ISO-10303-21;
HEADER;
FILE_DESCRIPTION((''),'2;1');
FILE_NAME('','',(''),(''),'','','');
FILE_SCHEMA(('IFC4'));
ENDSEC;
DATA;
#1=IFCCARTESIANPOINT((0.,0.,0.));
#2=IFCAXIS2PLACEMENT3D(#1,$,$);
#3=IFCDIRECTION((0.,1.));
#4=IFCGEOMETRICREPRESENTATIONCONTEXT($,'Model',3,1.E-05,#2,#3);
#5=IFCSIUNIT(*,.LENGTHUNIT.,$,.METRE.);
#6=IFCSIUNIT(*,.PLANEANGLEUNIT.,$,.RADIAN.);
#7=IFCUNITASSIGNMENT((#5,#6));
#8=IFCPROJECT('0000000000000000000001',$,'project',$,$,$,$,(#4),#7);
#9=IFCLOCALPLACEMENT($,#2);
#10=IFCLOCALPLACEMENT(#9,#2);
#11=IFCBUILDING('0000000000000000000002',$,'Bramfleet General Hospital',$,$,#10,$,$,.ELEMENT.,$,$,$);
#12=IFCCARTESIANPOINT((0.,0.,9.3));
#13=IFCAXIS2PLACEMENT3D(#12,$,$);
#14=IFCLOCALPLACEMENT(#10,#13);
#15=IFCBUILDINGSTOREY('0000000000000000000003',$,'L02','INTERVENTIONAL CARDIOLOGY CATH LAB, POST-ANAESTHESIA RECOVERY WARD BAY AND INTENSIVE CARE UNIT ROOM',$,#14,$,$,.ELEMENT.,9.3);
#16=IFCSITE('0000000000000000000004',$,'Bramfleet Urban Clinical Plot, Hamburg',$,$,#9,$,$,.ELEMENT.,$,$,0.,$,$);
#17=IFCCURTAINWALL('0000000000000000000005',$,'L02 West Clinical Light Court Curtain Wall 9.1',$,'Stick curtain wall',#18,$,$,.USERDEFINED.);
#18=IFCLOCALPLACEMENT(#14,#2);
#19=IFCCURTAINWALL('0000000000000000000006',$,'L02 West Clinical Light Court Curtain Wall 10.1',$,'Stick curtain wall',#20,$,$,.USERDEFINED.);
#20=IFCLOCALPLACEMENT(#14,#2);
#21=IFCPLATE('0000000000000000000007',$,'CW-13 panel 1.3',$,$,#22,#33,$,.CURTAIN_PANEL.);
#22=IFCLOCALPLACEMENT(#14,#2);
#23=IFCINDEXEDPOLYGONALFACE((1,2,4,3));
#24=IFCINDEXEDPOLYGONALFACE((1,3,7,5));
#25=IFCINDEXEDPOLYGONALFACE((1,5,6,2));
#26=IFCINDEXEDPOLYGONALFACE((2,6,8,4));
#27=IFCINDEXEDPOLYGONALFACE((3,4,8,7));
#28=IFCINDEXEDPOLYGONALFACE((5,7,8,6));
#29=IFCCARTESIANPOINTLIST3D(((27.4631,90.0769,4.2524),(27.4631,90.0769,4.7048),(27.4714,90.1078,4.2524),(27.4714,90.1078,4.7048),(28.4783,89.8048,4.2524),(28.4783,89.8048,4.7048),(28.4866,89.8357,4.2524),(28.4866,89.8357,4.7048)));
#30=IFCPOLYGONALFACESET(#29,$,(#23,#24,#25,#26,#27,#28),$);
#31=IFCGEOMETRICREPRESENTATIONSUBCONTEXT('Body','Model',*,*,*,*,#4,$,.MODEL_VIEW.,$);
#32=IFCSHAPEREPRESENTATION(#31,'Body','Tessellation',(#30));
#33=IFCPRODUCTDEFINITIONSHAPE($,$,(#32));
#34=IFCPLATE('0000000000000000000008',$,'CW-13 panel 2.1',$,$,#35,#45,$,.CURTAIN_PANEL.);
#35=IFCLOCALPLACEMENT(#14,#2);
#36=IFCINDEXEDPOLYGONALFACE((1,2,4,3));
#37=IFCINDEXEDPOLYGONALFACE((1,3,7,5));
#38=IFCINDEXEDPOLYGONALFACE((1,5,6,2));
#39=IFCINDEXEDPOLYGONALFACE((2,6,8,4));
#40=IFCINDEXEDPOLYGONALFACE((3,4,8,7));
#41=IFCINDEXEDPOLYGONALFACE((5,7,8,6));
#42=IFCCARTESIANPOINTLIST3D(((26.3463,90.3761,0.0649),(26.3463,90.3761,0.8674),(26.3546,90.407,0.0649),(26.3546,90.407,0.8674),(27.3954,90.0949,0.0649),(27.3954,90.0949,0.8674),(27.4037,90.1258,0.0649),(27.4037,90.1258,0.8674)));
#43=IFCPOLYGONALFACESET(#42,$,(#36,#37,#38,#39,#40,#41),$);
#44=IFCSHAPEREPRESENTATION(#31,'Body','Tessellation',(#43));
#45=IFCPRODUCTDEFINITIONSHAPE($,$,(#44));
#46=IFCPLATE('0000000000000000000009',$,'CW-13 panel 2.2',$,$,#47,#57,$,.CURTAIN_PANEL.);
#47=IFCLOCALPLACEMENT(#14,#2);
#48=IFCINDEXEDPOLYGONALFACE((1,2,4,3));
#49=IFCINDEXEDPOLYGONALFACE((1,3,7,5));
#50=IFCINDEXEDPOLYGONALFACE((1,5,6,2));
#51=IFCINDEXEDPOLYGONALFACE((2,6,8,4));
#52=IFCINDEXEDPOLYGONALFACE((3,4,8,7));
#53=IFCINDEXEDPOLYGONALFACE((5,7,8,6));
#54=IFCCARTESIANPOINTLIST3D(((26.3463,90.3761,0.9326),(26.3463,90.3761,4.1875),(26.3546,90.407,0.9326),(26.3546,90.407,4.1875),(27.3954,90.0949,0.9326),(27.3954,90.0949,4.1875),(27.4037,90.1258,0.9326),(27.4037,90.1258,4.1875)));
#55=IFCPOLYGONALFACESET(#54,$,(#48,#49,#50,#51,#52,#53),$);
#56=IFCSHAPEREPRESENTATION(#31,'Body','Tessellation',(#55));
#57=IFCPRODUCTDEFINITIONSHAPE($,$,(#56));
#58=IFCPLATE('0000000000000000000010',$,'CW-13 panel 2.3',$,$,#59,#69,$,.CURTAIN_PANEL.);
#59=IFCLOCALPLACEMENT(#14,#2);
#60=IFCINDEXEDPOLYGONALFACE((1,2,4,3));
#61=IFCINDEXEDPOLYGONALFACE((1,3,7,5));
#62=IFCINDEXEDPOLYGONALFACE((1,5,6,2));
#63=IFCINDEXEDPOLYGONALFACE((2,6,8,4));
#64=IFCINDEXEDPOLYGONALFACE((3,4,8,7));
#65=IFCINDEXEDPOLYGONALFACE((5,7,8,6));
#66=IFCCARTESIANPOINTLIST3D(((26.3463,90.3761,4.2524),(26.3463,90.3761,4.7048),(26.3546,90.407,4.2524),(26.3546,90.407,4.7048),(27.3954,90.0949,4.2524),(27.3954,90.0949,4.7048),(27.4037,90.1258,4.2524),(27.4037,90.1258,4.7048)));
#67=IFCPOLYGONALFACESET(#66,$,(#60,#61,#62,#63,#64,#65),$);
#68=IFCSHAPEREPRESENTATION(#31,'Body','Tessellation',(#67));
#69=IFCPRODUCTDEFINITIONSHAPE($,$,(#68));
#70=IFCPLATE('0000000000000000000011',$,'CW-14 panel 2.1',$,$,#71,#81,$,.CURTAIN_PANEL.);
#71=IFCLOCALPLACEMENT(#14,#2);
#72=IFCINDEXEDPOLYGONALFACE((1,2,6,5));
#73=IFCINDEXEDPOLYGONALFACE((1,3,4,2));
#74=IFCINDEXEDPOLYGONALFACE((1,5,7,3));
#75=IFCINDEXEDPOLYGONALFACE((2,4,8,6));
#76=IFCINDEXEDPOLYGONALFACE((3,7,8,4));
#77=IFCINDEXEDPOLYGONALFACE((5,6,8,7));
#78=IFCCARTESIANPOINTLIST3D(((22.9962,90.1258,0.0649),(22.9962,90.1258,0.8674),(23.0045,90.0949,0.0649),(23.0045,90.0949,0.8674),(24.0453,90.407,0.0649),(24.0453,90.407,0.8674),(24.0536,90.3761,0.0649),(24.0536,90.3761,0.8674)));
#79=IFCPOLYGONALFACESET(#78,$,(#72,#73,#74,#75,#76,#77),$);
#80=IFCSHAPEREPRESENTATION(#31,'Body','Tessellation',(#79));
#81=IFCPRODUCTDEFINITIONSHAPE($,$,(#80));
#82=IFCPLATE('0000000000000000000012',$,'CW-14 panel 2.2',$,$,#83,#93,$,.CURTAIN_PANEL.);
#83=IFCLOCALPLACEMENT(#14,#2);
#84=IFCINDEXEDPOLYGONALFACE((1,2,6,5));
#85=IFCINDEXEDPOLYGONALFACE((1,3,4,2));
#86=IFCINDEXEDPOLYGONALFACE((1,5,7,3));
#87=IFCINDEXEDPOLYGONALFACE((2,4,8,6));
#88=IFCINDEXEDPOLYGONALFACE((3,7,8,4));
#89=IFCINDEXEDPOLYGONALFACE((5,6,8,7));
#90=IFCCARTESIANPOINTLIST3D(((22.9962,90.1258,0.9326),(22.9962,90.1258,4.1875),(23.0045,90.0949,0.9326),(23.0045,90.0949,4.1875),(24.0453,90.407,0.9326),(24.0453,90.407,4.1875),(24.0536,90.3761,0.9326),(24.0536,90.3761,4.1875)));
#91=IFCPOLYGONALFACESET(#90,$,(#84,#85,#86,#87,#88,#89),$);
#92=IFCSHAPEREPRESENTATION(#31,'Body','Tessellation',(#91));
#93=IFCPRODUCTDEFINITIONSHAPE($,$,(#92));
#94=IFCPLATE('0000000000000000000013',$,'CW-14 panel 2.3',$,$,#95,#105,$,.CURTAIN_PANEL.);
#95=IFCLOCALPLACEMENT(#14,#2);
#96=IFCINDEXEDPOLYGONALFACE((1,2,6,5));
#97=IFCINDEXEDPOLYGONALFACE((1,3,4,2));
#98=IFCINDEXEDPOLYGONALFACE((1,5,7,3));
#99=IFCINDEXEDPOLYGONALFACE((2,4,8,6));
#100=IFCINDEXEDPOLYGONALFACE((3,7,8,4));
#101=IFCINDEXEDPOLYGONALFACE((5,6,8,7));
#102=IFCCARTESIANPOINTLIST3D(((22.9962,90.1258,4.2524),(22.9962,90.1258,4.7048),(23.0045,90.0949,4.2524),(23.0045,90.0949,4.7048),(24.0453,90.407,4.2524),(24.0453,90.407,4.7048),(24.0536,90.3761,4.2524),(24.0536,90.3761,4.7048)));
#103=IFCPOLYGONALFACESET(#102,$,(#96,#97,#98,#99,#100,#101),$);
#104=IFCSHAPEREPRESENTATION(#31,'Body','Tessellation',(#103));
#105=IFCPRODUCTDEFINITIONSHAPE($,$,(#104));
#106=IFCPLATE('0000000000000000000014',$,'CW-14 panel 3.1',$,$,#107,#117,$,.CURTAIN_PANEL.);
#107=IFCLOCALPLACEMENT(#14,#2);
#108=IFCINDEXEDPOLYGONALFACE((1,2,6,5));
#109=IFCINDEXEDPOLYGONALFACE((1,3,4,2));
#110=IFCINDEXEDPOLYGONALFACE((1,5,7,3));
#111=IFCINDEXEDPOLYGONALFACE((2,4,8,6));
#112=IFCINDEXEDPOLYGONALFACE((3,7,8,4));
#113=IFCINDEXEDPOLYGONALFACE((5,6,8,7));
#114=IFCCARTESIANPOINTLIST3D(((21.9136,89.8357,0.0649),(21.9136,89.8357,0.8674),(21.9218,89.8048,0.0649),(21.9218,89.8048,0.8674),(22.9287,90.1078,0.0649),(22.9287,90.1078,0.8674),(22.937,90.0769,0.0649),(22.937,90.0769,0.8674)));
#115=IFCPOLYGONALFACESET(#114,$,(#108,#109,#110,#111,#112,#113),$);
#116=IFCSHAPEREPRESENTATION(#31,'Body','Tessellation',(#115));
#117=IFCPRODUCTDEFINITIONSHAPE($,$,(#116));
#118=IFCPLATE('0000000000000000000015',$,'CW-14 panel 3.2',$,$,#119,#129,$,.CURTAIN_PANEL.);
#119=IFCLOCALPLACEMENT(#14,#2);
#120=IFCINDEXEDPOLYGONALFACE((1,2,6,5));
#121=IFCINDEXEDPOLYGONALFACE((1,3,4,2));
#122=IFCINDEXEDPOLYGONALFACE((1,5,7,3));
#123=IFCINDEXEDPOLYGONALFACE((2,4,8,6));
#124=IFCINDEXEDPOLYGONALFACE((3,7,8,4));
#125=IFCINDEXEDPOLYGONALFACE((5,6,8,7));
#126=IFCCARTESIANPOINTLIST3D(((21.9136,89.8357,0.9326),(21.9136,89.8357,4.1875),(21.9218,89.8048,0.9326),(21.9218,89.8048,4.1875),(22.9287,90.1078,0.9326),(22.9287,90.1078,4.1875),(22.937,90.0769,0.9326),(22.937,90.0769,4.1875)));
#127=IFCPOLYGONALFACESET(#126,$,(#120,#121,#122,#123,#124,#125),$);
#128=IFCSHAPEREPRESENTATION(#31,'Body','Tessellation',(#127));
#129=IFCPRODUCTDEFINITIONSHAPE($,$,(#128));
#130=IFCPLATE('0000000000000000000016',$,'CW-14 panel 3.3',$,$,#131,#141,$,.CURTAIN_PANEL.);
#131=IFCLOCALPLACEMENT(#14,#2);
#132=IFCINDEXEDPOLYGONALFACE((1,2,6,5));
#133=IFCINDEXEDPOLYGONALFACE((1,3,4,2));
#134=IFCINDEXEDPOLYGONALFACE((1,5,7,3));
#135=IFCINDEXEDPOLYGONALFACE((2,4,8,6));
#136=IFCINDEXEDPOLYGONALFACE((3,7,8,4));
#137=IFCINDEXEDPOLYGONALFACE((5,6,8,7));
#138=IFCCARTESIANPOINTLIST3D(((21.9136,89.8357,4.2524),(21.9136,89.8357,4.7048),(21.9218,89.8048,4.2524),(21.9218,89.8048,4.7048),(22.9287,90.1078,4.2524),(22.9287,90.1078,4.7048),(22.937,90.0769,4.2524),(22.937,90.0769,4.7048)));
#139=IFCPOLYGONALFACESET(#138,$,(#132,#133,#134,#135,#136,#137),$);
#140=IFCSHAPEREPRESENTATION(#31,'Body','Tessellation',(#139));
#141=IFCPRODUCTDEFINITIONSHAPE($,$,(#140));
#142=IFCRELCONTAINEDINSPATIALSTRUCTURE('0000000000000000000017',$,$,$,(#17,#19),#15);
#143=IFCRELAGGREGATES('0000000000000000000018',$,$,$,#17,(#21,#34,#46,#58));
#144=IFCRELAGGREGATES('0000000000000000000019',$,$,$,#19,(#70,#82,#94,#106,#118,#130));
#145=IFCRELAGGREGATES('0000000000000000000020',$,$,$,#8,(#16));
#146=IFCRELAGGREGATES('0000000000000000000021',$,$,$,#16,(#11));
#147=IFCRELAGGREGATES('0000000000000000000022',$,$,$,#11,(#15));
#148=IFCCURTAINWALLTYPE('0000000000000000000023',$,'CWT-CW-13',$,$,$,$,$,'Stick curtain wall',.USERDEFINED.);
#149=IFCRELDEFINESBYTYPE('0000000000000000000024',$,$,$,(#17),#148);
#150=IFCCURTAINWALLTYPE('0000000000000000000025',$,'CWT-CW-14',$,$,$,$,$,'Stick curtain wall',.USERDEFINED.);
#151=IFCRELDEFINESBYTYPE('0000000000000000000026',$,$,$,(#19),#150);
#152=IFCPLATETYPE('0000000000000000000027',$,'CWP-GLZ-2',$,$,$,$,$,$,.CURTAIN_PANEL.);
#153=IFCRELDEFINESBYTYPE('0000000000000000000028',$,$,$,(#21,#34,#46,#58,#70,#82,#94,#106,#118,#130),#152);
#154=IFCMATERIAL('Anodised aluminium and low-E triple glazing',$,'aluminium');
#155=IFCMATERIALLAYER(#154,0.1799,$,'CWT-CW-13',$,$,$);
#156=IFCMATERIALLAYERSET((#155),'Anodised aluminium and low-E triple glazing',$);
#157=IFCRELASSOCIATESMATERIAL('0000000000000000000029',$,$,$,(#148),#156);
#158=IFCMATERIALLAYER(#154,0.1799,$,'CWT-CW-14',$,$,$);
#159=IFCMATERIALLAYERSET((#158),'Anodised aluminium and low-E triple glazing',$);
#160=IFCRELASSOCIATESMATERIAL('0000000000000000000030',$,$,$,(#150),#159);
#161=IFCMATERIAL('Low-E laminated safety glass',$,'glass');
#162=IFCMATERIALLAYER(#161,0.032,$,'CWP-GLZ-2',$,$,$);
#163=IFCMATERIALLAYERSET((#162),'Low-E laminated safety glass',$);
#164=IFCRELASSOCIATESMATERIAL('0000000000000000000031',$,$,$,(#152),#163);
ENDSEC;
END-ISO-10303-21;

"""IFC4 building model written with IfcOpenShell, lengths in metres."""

from ifc_helpers import new_model, si_unit, direction, frame, origin, origin_2d, place, context, subcontext, project, spatial, rectangle, extrude, material, layer, layer_set, type_object, element, aggregate, save


model = new_model("IFC4")

# Units and contexts
model_context = context("Model", 3, precision=1e-05, world=origin(), true_north=direction((0.0, 1.0)))
body_context = subcontext(model_context, "Body", "Model", "MODEL_VIEW")
ifc_project = project(units=[si_unit("LENGTHUNIT", "METRE"), si_unit("PLANEANGLEUNIT", "RADIAN")], contexts=[model_context])

# Site, building, storey
site_placement = place(None, origin())
site = spatial("IfcSite", under=ifc_project, at=site_placement, Name="Bramfleet Urban Clinical Plot, Hamburg", CompositionType="ELEMENT", RefElevation=0.0)
building_placement = place(site_placement, origin())
building = spatial("IfcBuilding", under=site, at=building_placement, Name="Bramfleet General Hospital", CompositionType="ELEMENT")
storey_placement = place(building_placement, frame((0.0, 0.0, 9.3)))
storey = spatial("IfcBuildingStorey", under=building, at=storey_placement, Name="L02", Description="INTERVENTIONAL CARDIOLOGY CATH LAB, POST-ANAESTHESIA RECOVERY WARD BAY AND INTENSIVE CARE UNIT ROOM", CompositionType="ELEMENT", Elevation=9.3)

# Shared definitions
ifc_material_1 = material(Name="Anodised aluminium and low-E triple glazing", Category="aluminium")

# Curtain walls
ifc_layer_1 = layer(ifc_material_1, 0.1799, Name="CWT-CW-13")
ifc_layer_set_1 = layer_set([ifc_layer_1], Name="Anodised aluminium and low-E triple glazing")
curtain_wall_type_1 = type_object("IfcCurtainWallType", Name="CWT-CW-13", ElementType="Stick curtain wall", PredefinedType="USERDEFINED", material=ifc_layer_set_1)
curtain_wall_1_placement = place(storey_placement, origin())
curtain_wall_1 = element("IfcCurtainWall", 1, at=curtain_wall_1_placement, inside=storey, type_object=curtain_wall_type_1, Name="L02 West Clinical Light Court Curtain Wall 9.1", ObjectType="Stick curtain wall", PredefinedType="USERDEFINED")
ifc_layer_2 = layer(ifc_material_1, 0.1799, Name="CWT-CW-14")
ifc_layer_set_2 = layer_set([ifc_layer_2], Name="Anodised aluminium and low-E triple glazing")
curtain_wall_type_2 = type_object("IfcCurtainWallType", Name="CWT-CW-14", ElementType="Stick curtain wall", PredefinedType="USERDEFINED", material=ifc_layer_set_2)
curtain_wall_2_placement = place(storey_placement, origin())
curtain_wall_2 = element("IfcCurtainWall", 2, at=curtain_wall_2_placement, inside=storey, type_object=curtain_wall_type_2, Name="L02 West Clinical Light Court Curtain Wall 10.1", ObjectType="Stick curtain wall", PredefinedType="USERDEFINED")

# Plates
ifc_material_2 = material(Name="Low-E laminated safety glass", Category="glass")
ifc_layer_3 = layer(ifc_material_2, 0.032, Name="CWP-GLZ-2")
ifc_layer_set_3 = layer_set([ifc_layer_3], Name="Low-E laminated safety glass")
plate_type = type_object("IfcPlateType", Name="CWP-GLZ-2", PredefinedType="CURTAIN_PANEL", material=ifc_layer_set_3)
plate_1_placement = place(storey_placement, frame((27.9749, 89.9563, 4.2524), z_axis=(0.0, 0.0, 1.0), x_axis=(-0.965899, 0.258919, 0.0)))
plate_1 = element("IfcPlate", 3, at=plate_1_placement, type_object=plate_type, Name="CW-13 panel 1.3", PredefinedType="CURTAIN_PANEL", context=body_context, shape_type="SweptSolid", body=[
    extrude(rectangle(XDim=1.051, YDim=0.032, at=origin_2d()), origin(), (0.0, 0.0, 1.0), 0.4524),
])
plate_2_placement = place(storey_placement, frame((26.875, 90.251, 0.0649), z_axis=(0.0, 0.0, 1.0), x_axis=(-0.965899, 0.258919, 0.0)))
plate_2 = element("IfcPlate", 4, at=plate_2_placement, type_object=plate_type, Name="CW-13 panel 2.1", PredefinedType="CURTAIN_PANEL", context=body_context, shape_type="SweptSolid", body=[
    extrude(rectangle(XDim=1.0862, YDim=0.032, at=origin_2d()), origin(), (0.0, 0.0, 1.0), 0.8025),
])
plate_3_placement = place(storey_placement, frame((26.875, 90.251, 0.9326), z_axis=(0.0, 0.0, 1.0), x_axis=(-0.965899, 0.258919, 0.0)))
plate_3 = element("IfcPlate", 5, at=plate_3_placement, type_object=plate_type, Name="CW-13 panel 2.2", PredefinedType="CURTAIN_PANEL", context=body_context, shape_type="SweptSolid", body=[
    extrude(rectangle(XDim=1.0862, YDim=0.032, at=origin_2d()), origin(), (0.0, 0.0, 1.0), 3.2549),
])
plate_4_placement = place(storey_placement, frame((26.875, 90.251, 4.2524), z_axis=(0.0, 0.0, 1.0), x_axis=(-0.965899, 0.258919, 0.0)))
plate_4 = element("IfcPlate", 6, at=plate_4_placement, type_object=plate_type, Name="CW-13 panel 2.3", PredefinedType="CURTAIN_PANEL", context=body_context, shape_type="SweptSolid", body=[
    extrude(rectangle(XDim=1.0862, YDim=0.032, at=origin_2d()), origin(), (0.0, 0.0, 1.0), 0.4524),
])
aggregate(curtain_wall_1, [plate_1, plate_2, plate_3, plate_4])
plate_5_placement = place(storey_placement, frame((23.5249, 90.251, 0.0649), z_axis=(0.0, 0.0, 1.0), x_axis=(-0.965899, -0.258919, 0.0)))
plate_5 = element("IfcPlate", 7, at=plate_5_placement, type_object=plate_type, Name="CW-14 panel 2.1", PredefinedType="CURTAIN_PANEL", context=body_context, shape_type="SweptSolid", body=[
    extrude(rectangle(XDim=1.0862, YDim=0.032, at=origin_2d()), origin(), (0.0, 0.0, 1.0), 0.8025),
])
plate_6_placement = place(storey_placement, frame((23.5249, 90.251, 0.9326), z_axis=(0.0, 0.0, 1.0), x_axis=(-0.965899, -0.258919, 0.0)))
plate_6 = element("IfcPlate", 8, at=plate_6_placement, type_object=plate_type, Name="CW-14 panel 2.2", PredefinedType="CURTAIN_PANEL", context=body_context, shape_type="SweptSolid", body=[
    extrude(rectangle(XDim=1.0862, YDim=0.032, at=origin_2d()), origin(), (0.0, 0.0, 1.0), 3.2549),
])
plate_7_placement = place(storey_placement, frame((23.5249, 90.251, 4.2524), z_axis=(0.0, 0.0, 1.0), x_axis=(-0.965899, -0.258919, 0.0)))
plate_7 = element("IfcPlate", 9, at=plate_7_placement, type_object=plate_type, Name="CW-14 panel 2.3", PredefinedType="CURTAIN_PANEL", context=body_context, shape_type="SweptSolid", body=[
    extrude(rectangle(XDim=1.0862, YDim=0.032, at=origin_2d()), origin(), (0.0, 0.0, 1.0), 0.4524),
])
plate_8_placement = place(storey_placement, frame((22.4253, 89.9563, 0.0649), z_axis=(0.0, 0.0, 1.0), x_axis=(-0.965899, -0.258919, 0.0)))
plate_8 = element("IfcPlate", 10, at=plate_8_placement, type_object=plate_type, Name="CW-14 panel 3.1", PredefinedType="CURTAIN_PANEL", context=body_context, shape_type="SweptSolid", body=[
    extrude(rectangle(XDim=1.051, YDim=0.032, at=origin_2d()), origin(), (0.0, 0.0, 1.0), 0.8025),
])
plate_9_placement = place(storey_placement, frame((22.4253, 89.9563, 0.9326), z_axis=(0.0, 0.0, 1.0), x_axis=(-0.965899, -0.258919, 0.0)))
plate_9 = element("IfcPlate", 11, at=plate_9_placement, type_object=plate_type, Name="CW-14 panel 3.2", PredefinedType="CURTAIN_PANEL", context=body_context, shape_type="SweptSolid", body=[
    extrude(rectangle(XDim=1.051, YDim=0.032, at=origin_2d()), origin(), (0.0, 0.0, 1.0), 3.2549),
])
plate_10_placement = place(storey_placement, frame((22.4253, 89.9563, 4.2524), z_axis=(0.0, 0.0, 1.0), x_axis=(-0.965899, -0.258919, 0.0)))
plate_10 = element("IfcPlate", 12, at=plate_10_placement, type_object=plate_type, Name="CW-14 panel 3.3", PredefinedType="CURTAIN_PANEL", context=body_context, shape_type="SweptSolid", body=[
    extrude(rectangle(XDim=1.051, YDim=0.032, at=origin_2d()), origin(), (0.0, 0.0, 1.0), 0.4524),
])
aggregate(curtain_wall_2, [plate_5, plate_6, plate_7, plate_8, plate_9, plate_10])

save(model, "model.ifc")
